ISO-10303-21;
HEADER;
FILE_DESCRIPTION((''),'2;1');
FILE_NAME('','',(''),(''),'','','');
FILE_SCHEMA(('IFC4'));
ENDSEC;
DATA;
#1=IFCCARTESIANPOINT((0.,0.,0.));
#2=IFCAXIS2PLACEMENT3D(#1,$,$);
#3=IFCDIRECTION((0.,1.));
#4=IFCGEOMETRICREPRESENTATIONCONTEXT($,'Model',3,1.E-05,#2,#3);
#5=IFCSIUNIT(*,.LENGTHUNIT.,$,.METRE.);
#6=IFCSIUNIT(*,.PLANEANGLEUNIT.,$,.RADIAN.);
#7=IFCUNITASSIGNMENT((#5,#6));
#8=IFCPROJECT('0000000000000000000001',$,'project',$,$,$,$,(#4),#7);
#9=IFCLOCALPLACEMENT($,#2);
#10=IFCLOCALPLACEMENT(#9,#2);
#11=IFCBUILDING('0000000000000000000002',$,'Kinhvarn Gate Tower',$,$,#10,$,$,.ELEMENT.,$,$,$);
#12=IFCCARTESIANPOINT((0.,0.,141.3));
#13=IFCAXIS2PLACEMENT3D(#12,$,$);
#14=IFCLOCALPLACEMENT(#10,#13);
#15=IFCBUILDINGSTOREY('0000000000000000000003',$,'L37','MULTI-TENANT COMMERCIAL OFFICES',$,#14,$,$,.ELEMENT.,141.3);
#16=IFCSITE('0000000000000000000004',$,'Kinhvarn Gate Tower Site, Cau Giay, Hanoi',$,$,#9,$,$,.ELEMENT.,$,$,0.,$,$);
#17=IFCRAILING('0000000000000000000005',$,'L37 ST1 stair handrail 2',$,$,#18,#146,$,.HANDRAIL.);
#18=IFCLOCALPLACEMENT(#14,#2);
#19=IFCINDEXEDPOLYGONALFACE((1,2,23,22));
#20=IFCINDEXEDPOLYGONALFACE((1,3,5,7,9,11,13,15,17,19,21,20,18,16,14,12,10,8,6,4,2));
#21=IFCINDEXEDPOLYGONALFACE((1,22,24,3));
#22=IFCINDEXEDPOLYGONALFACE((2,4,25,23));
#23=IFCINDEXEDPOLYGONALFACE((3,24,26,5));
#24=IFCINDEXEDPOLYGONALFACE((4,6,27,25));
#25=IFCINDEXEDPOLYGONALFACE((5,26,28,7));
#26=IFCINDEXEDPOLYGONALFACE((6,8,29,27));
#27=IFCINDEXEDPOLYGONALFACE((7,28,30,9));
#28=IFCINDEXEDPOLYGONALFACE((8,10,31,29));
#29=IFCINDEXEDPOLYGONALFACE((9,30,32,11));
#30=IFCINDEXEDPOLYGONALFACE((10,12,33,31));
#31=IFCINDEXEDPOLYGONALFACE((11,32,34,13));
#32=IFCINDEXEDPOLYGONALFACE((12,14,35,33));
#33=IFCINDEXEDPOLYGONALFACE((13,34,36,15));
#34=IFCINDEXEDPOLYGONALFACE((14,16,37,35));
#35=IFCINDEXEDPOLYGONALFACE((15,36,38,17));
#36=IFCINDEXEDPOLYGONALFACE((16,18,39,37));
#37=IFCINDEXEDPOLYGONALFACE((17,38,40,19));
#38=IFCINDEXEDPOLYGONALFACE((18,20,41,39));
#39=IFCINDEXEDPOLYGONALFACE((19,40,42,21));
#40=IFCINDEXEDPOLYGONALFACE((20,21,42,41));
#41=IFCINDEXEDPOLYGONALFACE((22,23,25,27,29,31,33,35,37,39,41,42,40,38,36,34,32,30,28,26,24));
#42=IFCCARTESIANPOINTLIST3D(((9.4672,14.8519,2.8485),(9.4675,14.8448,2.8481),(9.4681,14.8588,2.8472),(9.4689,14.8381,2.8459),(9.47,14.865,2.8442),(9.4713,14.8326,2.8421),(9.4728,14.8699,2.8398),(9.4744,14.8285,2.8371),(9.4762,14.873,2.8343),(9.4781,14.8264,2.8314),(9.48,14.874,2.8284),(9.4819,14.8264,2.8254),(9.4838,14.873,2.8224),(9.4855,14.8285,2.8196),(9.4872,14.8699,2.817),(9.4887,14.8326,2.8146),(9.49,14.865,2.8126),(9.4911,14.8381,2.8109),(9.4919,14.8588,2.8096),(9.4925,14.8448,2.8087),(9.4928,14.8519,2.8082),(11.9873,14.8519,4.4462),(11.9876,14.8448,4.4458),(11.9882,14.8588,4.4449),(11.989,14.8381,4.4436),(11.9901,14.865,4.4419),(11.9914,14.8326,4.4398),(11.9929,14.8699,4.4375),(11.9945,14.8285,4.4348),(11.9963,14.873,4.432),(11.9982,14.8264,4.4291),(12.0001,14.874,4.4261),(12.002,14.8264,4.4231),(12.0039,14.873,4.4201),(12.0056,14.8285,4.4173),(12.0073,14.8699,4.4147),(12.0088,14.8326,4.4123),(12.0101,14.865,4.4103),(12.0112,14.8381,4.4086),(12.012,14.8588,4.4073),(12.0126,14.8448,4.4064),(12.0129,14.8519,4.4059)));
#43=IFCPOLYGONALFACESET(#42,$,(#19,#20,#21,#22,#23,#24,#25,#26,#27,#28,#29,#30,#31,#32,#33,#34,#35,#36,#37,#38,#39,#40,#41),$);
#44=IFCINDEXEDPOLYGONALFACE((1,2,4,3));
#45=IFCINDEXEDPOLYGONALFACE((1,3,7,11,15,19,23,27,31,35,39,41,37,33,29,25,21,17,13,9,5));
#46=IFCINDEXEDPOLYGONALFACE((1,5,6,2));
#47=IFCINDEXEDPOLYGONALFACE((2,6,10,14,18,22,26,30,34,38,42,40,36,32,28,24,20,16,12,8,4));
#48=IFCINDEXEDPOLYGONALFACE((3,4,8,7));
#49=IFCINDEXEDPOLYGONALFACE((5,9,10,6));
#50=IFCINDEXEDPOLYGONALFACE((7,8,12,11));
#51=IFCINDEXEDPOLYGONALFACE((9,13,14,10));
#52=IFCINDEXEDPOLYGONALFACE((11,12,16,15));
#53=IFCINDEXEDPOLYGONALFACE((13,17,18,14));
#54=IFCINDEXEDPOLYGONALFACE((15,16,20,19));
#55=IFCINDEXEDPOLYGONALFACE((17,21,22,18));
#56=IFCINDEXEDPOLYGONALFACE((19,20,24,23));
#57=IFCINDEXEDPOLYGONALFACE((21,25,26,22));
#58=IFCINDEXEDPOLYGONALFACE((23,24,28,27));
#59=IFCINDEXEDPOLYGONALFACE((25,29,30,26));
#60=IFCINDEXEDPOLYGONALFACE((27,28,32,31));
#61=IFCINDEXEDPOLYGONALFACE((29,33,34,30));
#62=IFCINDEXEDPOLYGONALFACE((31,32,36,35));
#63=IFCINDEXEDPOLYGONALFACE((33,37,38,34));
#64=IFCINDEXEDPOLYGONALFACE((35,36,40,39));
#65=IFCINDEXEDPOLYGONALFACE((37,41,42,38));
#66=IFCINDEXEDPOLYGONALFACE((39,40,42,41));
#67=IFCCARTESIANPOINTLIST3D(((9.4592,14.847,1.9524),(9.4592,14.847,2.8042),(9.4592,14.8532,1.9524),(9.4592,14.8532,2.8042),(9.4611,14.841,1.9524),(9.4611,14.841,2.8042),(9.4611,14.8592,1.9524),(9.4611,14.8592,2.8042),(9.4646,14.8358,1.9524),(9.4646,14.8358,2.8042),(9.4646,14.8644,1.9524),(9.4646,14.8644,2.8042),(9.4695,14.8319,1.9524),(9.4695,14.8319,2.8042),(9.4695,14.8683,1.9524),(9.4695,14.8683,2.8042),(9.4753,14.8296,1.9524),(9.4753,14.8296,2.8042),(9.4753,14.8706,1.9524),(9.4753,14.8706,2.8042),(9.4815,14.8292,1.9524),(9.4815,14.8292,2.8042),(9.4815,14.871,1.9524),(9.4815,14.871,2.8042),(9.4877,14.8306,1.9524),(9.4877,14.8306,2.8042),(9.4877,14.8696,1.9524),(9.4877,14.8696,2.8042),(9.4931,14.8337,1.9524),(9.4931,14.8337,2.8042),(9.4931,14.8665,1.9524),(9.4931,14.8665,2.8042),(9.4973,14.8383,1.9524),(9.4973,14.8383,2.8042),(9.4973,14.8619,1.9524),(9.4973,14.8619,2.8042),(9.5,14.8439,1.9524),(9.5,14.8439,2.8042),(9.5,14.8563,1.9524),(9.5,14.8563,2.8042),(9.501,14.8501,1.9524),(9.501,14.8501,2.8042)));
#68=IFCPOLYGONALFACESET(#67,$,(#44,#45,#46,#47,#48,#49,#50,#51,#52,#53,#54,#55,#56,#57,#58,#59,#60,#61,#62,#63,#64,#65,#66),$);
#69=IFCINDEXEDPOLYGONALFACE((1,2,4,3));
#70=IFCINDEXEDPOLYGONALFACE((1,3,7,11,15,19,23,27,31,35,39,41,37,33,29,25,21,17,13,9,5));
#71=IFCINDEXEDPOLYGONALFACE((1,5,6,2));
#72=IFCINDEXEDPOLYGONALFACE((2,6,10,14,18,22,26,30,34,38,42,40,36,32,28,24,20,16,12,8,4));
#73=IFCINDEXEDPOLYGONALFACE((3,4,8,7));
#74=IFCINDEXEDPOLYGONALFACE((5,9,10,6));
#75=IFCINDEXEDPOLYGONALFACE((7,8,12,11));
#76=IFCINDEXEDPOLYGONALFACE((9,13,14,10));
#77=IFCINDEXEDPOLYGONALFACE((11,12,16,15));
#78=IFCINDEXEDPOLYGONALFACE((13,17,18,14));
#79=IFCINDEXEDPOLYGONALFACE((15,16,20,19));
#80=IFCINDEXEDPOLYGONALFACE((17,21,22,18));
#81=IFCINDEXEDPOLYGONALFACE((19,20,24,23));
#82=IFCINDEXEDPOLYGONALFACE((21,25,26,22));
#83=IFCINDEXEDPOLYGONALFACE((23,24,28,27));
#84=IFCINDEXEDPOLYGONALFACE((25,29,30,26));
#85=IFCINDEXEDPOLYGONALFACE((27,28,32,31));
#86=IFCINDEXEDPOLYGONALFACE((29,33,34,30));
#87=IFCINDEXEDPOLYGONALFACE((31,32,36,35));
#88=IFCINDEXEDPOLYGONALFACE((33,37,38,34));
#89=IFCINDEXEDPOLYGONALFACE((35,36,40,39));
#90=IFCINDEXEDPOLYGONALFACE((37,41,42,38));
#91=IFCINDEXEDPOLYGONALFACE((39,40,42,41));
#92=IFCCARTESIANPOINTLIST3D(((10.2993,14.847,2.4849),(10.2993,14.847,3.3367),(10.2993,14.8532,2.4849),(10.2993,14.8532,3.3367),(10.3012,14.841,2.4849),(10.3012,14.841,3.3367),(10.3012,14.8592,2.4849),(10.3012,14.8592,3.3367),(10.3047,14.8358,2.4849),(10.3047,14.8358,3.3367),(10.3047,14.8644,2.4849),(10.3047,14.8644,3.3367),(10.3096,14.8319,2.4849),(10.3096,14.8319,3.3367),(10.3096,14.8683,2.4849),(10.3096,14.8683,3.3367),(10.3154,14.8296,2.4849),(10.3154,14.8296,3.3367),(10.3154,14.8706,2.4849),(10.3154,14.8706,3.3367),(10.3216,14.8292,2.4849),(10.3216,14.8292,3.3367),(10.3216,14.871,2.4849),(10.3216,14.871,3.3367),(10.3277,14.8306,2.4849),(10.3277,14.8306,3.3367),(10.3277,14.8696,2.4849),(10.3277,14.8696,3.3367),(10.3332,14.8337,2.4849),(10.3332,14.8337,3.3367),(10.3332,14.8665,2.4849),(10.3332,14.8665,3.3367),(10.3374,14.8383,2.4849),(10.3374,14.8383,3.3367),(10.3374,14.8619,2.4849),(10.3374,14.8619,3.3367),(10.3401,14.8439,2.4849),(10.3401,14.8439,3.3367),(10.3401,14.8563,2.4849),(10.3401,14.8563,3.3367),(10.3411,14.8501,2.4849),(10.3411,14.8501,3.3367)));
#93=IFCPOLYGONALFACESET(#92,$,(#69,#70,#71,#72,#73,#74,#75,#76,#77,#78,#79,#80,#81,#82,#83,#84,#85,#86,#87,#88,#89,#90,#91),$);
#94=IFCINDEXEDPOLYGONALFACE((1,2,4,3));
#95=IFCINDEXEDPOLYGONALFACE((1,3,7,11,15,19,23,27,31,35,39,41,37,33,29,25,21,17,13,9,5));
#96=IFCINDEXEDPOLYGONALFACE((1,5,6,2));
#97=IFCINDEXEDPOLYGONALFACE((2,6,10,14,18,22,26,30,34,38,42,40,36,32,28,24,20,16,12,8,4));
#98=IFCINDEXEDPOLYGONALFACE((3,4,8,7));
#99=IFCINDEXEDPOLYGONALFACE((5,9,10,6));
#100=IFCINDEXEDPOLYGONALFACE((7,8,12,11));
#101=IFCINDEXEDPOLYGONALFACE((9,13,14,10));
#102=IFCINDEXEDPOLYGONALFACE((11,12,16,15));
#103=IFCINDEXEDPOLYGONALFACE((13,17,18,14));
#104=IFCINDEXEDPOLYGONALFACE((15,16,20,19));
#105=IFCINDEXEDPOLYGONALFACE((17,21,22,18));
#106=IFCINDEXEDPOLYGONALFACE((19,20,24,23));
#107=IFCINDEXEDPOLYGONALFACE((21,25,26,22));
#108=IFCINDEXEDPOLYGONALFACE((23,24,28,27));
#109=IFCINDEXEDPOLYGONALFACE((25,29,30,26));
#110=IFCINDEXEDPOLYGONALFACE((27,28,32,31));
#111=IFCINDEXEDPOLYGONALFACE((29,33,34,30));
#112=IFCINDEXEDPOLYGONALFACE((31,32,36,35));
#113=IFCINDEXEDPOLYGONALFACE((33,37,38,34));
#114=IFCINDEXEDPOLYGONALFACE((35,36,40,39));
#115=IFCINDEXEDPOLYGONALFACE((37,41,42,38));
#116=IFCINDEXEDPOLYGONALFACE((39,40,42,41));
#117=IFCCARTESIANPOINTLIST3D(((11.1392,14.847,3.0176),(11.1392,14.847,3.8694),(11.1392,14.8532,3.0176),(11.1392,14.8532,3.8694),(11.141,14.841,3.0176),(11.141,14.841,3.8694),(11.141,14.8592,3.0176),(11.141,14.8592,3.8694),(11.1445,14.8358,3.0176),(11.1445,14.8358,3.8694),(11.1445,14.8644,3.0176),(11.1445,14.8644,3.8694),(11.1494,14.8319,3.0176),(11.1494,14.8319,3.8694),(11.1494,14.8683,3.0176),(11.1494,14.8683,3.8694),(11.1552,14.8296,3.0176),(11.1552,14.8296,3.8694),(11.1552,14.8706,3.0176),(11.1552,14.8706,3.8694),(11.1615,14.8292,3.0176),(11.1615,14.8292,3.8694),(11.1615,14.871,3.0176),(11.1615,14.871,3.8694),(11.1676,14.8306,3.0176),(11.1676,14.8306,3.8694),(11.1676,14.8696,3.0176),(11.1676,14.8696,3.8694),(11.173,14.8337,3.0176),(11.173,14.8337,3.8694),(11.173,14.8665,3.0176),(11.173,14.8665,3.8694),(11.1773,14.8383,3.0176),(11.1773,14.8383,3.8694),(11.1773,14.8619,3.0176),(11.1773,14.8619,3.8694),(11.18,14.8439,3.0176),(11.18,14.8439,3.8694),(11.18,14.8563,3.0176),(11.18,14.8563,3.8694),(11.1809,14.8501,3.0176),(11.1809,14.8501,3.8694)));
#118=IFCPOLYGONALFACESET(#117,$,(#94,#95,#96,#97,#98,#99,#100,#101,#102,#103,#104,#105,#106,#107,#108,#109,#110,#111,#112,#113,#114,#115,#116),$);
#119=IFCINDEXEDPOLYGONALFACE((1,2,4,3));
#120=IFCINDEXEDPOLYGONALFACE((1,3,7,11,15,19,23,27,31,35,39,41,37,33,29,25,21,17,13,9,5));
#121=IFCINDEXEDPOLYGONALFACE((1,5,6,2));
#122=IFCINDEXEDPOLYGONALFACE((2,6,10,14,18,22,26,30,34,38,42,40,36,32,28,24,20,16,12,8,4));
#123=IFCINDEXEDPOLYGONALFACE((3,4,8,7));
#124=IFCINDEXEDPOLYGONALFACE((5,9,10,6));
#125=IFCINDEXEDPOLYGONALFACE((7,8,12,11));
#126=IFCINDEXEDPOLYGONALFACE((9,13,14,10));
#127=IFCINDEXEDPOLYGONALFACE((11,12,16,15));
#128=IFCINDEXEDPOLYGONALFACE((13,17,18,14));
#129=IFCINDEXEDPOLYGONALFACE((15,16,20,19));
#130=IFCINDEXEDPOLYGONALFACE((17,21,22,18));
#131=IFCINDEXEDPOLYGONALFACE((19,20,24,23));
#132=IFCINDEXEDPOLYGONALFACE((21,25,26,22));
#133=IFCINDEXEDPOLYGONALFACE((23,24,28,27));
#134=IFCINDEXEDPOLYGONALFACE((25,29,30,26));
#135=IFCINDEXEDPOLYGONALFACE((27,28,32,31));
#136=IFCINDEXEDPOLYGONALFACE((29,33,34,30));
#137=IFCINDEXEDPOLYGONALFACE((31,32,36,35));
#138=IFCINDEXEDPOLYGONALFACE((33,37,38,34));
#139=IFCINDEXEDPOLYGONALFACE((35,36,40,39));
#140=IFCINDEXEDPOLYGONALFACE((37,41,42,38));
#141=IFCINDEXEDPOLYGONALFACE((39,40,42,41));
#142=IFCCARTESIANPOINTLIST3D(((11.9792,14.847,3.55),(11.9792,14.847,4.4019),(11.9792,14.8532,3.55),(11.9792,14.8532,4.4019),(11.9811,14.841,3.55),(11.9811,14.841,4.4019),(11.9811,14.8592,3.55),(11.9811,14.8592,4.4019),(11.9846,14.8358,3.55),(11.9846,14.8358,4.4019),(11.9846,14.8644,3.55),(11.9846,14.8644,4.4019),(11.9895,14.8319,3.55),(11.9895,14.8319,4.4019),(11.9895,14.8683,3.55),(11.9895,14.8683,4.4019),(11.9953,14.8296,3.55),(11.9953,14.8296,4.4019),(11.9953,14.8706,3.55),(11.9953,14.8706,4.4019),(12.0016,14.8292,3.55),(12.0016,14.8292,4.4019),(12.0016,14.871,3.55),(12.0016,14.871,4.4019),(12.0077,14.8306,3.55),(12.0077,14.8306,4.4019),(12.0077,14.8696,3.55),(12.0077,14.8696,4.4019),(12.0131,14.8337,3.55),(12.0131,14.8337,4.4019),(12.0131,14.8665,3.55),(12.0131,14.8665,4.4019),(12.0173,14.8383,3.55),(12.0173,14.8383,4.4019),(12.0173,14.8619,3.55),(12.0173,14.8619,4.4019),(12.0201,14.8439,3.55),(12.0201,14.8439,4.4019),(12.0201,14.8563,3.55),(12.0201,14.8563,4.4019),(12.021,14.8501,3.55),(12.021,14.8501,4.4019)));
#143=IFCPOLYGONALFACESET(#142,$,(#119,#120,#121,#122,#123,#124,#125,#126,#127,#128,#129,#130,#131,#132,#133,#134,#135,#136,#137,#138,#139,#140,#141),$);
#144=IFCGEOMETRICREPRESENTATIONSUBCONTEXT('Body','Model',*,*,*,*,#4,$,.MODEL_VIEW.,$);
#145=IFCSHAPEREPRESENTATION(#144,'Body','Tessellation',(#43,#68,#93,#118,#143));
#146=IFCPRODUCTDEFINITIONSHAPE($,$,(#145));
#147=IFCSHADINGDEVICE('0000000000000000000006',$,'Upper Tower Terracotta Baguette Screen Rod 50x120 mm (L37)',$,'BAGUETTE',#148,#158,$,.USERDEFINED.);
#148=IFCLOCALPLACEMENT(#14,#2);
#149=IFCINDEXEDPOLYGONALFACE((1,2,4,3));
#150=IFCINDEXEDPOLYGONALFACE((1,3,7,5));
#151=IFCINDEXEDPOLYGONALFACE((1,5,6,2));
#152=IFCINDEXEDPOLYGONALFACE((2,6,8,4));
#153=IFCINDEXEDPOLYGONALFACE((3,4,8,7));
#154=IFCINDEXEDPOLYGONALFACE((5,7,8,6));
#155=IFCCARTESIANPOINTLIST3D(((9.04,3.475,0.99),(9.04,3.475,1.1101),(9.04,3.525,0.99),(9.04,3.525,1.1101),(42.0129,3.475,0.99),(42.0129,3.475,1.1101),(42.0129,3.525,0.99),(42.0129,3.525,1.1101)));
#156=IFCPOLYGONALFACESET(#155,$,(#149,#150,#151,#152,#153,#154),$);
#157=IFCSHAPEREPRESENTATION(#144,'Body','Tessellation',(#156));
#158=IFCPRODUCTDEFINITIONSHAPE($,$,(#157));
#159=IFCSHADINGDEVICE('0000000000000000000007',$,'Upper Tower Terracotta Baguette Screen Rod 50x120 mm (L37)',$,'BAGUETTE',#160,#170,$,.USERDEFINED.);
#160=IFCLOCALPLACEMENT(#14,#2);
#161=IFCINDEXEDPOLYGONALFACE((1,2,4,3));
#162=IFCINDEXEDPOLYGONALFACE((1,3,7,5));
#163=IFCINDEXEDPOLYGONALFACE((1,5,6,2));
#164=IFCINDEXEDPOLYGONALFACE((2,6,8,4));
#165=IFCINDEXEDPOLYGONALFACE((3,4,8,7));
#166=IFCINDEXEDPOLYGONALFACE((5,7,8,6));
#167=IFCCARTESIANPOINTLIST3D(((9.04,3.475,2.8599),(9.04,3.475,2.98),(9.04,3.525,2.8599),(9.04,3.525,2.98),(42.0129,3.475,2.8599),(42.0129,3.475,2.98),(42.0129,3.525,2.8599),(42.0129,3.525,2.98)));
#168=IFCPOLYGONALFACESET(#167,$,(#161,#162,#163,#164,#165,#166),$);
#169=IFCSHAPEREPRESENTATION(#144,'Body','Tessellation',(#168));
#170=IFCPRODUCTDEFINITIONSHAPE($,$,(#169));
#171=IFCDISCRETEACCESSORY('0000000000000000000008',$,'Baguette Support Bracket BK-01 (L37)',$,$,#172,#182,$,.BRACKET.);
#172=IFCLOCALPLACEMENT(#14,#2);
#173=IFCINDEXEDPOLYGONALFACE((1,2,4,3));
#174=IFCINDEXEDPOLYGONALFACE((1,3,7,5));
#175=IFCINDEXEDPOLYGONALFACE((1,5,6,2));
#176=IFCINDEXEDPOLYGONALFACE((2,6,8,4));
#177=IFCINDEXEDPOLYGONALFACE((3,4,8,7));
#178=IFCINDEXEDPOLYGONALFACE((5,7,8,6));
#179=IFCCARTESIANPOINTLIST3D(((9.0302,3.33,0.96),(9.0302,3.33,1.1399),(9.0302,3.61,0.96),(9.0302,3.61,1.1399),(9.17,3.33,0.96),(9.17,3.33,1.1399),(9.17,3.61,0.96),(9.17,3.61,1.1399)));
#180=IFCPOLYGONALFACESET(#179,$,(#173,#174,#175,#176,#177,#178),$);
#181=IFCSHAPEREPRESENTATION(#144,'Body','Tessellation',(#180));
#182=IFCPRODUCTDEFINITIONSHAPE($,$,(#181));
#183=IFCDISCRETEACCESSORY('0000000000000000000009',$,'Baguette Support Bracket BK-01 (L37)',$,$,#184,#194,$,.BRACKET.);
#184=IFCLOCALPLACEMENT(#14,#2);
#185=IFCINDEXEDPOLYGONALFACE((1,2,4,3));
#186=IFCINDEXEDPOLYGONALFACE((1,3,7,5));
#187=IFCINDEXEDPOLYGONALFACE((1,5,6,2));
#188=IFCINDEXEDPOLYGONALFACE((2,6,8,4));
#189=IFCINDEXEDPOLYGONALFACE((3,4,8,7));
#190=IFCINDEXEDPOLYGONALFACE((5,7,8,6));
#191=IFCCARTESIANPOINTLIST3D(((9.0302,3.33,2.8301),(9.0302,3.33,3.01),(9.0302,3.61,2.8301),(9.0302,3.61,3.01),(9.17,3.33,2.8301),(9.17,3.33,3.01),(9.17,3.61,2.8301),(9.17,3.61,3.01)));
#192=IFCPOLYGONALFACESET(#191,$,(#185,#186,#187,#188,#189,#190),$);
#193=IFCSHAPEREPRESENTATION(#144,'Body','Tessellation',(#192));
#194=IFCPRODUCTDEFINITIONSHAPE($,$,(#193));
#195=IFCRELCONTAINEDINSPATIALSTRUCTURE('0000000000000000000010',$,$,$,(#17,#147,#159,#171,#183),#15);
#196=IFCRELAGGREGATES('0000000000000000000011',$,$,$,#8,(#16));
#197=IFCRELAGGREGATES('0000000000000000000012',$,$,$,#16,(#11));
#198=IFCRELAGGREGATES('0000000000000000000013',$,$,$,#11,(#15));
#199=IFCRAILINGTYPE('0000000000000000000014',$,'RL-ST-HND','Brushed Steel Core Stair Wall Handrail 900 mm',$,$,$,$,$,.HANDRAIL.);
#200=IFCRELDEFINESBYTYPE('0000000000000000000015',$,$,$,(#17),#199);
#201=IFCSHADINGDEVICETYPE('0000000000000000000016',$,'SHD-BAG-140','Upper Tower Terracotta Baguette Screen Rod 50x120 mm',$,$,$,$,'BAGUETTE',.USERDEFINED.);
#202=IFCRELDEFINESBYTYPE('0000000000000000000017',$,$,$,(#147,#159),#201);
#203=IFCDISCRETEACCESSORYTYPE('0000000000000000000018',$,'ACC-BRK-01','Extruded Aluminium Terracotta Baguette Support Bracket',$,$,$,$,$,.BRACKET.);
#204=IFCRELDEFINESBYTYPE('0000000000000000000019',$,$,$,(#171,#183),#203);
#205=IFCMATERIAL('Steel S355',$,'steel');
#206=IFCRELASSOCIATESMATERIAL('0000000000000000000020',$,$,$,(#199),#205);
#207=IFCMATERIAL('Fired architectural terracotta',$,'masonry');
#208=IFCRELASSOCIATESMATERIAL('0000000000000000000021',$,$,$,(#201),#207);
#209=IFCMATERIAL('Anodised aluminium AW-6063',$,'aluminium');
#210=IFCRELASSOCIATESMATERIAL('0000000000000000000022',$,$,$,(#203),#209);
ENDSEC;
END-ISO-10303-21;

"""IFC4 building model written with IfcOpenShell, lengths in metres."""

from ifc_helpers import new_model, si_unit, direction, frame, origin, origin_2d, place, context, subcontext, project, spatial, rectangle, circle, extrude, material, material_profile, profile_set, type_object, element, save


model = new_model("IFC4")

# Units and contexts
model_context = context("Model", 3, precision=1e-05, world=origin(), true_north=direction((0.0, 1.0)))
body_context = subcontext(model_context, "Body", "Model", "MODEL_VIEW")
ifc_project = project(units=[si_unit("LENGTHUNIT", "METRE"), si_unit("PLANEANGLEUNIT", "RADIAN")], contexts=[model_context])

# Site, building, storey
site_placement = place(None, origin())
site = spatial("IfcSite", under=ifc_project, at=site_placement, Name="Kinhvarn Gate Tower Site, Cau Giay, Hanoi", CompositionType="ELEMENT", RefElevation=0.0)
building_placement = place(site_placement, origin())
building = spatial("IfcBuilding", under=site, at=building_placement, Name="Kinhvarn Gate Tower", CompositionType="ELEMENT")
storey_placement = place(building_placement, frame((0.0, 0.0, 141.3)))
storey = spatial("IfcBuildingStorey", under=building, at=storey_placement, Name="L37", Description="MULTI-TENANT COMMERCIAL OFFICES", CompositionType="ELEMENT", Elevation=141.3)

# Shared definitions
ifc_material_1 = material(Name="Anodised aluminium AW-6063", Category="aluminium")

# Shared definitions
ifc_material_2 = material(Name="Steel S355", Category="steel")

# Shared definitions
ifc_material_3 = material(Name="Fired architectural terracotta", Category="masonry")

# Railing
railing_type_1 = type_object("IfcRailingType", Name="RL-ST-HND", Description="Brushed Steel Core Stair Wall Handrail 900 mm", PredefinedType="HANDRAIL", material=ifc_material_2)
railing_1_placement = place(storey_placement, frame((9.48, 14.8501, 1.9524)))
element("IfcRailing", 1, at=railing_1_placement, inside=storey, type_object=railing_type_1, Name="L37 ST1 stair handrail 2", PredefinedType="HANDRAIL", context=body_context, shape_type="SweptSolid", body=[
    extrude(circle(Radius=0.0239, at=origin_2d()), frame((0.0, 0.0, 0.876), z_axis=(0.84457, 0.0, 0.535445), x_axis=(0.0, 1.0, 0.0)), (0.0, 0.0, 1.0), 2.9839),
    extrude(circle(Radius=0.021, at=origin_2d()), origin(), (0.0, 0.0, 1.0), 0.8518),
    extrude(circle(Radius=0.021, at=origin_2d()), frame((0.8401, 0.0, 0.5325)), (0.0, 0.0, 1.0), 0.8518),
    extrude(circle(Radius=0.021, at=origin_2d()), frame((1.6799, 0.0, 1.0652)), (0.0, 0.0, 1.0), 0.8518),
    extrude(circle(Radius=0.021, at=origin_2d()), frame((2.52, 0.0, 1.5977)), (0.0, 0.0, 1.0), 0.8518),
])

# Shading devices
ifc_material_profile_1 = material_profile(ifc_material_3, rectangle(XDim=0.05, YDim=0.1201, at=origin_2d()), Name="TC 50x120")
ifc_profile_set_1 = profile_set([ifc_material_profile_1], Name="Fired architectural terracotta")
shading_device_type = type_object("IfcShadingDeviceType", Name="SHD-BAG-140", Description="Upper Tower Terracotta Baguette Screen Rod 50x120 mm", ElementType="BAGUETTE", PredefinedType="USERDEFINED", material=ifc_profile_set_1)
for number, where, z_axis, x_axis, name in (
    (2, (9.04, 3.5, 1.05), (1.0, 0.0, 0.0), (0.0, 1.0, 0.0), "Upper Tower Terracotta Baguette Screen Rod 50x120 mm (L37)"),
    (3, (9.04, 3.5, 2.9199), (1.0, 0.0, 0.0), (0.0, 1.0, 0.0), "Upper Tower Terracotta Baguette Screen Rod 50x120 mm (L37)"),
):
    element("IfcShadingDevice", number, at=place(storey_placement, frame(where, z_axis=z_axis, x_axis=x_axis)), inside=storey, type_object=shading_device_type, Name=name, ObjectType="BAGUETTE", PredefinedType="USERDEFINED", context=body_context, shape_type="SweptSolid", body=[
        extrude(rectangle(XDim=0.05, YDim=0.1201, at=origin_2d()), origin(), (0.0, 0.0, 1.0), 32.9729),
    ])

# Discrete accessories
discrete_accessory_type = type_object("IfcDiscreteAccessoryType", Name="ACC-BRK-01", Description="Extruded Aluminium Terracotta Baguette Support Bracket", PredefinedType="BRACKET", material=ifc_material_1)
for number, where, z_axis, x_axis, name in (
    (4, (9.1001, 3.47, 0.96), (0.0, 0.0, 1.0), (1.0, 0.0, 0.0), "Baguette Support Bracket BK-01 (L37)"),
    (5, (9.1001, 3.47, 2.8301), (0.0, 0.0, 1.0), (1.0, 0.0, 0.0), "Baguette Support Bracket BK-01 (L37)"),
):
    element("IfcDiscreteAccessory", number, at=place(storey_placement, frame(where, z_axis=z_axis, x_axis=x_axis)), inside=storey, type_object=discrete_accessory_type, Name=name, PredefinedType="BRACKET", context=body_context, shape_type="SweptSolid", body=[
        extrude(rectangle(XDim=0.1399, YDim=0.28, at=origin_2d()), origin(), (0.0, 0.0, 1.0), 0.1799),
    ])

save(model, "model.ifc")
